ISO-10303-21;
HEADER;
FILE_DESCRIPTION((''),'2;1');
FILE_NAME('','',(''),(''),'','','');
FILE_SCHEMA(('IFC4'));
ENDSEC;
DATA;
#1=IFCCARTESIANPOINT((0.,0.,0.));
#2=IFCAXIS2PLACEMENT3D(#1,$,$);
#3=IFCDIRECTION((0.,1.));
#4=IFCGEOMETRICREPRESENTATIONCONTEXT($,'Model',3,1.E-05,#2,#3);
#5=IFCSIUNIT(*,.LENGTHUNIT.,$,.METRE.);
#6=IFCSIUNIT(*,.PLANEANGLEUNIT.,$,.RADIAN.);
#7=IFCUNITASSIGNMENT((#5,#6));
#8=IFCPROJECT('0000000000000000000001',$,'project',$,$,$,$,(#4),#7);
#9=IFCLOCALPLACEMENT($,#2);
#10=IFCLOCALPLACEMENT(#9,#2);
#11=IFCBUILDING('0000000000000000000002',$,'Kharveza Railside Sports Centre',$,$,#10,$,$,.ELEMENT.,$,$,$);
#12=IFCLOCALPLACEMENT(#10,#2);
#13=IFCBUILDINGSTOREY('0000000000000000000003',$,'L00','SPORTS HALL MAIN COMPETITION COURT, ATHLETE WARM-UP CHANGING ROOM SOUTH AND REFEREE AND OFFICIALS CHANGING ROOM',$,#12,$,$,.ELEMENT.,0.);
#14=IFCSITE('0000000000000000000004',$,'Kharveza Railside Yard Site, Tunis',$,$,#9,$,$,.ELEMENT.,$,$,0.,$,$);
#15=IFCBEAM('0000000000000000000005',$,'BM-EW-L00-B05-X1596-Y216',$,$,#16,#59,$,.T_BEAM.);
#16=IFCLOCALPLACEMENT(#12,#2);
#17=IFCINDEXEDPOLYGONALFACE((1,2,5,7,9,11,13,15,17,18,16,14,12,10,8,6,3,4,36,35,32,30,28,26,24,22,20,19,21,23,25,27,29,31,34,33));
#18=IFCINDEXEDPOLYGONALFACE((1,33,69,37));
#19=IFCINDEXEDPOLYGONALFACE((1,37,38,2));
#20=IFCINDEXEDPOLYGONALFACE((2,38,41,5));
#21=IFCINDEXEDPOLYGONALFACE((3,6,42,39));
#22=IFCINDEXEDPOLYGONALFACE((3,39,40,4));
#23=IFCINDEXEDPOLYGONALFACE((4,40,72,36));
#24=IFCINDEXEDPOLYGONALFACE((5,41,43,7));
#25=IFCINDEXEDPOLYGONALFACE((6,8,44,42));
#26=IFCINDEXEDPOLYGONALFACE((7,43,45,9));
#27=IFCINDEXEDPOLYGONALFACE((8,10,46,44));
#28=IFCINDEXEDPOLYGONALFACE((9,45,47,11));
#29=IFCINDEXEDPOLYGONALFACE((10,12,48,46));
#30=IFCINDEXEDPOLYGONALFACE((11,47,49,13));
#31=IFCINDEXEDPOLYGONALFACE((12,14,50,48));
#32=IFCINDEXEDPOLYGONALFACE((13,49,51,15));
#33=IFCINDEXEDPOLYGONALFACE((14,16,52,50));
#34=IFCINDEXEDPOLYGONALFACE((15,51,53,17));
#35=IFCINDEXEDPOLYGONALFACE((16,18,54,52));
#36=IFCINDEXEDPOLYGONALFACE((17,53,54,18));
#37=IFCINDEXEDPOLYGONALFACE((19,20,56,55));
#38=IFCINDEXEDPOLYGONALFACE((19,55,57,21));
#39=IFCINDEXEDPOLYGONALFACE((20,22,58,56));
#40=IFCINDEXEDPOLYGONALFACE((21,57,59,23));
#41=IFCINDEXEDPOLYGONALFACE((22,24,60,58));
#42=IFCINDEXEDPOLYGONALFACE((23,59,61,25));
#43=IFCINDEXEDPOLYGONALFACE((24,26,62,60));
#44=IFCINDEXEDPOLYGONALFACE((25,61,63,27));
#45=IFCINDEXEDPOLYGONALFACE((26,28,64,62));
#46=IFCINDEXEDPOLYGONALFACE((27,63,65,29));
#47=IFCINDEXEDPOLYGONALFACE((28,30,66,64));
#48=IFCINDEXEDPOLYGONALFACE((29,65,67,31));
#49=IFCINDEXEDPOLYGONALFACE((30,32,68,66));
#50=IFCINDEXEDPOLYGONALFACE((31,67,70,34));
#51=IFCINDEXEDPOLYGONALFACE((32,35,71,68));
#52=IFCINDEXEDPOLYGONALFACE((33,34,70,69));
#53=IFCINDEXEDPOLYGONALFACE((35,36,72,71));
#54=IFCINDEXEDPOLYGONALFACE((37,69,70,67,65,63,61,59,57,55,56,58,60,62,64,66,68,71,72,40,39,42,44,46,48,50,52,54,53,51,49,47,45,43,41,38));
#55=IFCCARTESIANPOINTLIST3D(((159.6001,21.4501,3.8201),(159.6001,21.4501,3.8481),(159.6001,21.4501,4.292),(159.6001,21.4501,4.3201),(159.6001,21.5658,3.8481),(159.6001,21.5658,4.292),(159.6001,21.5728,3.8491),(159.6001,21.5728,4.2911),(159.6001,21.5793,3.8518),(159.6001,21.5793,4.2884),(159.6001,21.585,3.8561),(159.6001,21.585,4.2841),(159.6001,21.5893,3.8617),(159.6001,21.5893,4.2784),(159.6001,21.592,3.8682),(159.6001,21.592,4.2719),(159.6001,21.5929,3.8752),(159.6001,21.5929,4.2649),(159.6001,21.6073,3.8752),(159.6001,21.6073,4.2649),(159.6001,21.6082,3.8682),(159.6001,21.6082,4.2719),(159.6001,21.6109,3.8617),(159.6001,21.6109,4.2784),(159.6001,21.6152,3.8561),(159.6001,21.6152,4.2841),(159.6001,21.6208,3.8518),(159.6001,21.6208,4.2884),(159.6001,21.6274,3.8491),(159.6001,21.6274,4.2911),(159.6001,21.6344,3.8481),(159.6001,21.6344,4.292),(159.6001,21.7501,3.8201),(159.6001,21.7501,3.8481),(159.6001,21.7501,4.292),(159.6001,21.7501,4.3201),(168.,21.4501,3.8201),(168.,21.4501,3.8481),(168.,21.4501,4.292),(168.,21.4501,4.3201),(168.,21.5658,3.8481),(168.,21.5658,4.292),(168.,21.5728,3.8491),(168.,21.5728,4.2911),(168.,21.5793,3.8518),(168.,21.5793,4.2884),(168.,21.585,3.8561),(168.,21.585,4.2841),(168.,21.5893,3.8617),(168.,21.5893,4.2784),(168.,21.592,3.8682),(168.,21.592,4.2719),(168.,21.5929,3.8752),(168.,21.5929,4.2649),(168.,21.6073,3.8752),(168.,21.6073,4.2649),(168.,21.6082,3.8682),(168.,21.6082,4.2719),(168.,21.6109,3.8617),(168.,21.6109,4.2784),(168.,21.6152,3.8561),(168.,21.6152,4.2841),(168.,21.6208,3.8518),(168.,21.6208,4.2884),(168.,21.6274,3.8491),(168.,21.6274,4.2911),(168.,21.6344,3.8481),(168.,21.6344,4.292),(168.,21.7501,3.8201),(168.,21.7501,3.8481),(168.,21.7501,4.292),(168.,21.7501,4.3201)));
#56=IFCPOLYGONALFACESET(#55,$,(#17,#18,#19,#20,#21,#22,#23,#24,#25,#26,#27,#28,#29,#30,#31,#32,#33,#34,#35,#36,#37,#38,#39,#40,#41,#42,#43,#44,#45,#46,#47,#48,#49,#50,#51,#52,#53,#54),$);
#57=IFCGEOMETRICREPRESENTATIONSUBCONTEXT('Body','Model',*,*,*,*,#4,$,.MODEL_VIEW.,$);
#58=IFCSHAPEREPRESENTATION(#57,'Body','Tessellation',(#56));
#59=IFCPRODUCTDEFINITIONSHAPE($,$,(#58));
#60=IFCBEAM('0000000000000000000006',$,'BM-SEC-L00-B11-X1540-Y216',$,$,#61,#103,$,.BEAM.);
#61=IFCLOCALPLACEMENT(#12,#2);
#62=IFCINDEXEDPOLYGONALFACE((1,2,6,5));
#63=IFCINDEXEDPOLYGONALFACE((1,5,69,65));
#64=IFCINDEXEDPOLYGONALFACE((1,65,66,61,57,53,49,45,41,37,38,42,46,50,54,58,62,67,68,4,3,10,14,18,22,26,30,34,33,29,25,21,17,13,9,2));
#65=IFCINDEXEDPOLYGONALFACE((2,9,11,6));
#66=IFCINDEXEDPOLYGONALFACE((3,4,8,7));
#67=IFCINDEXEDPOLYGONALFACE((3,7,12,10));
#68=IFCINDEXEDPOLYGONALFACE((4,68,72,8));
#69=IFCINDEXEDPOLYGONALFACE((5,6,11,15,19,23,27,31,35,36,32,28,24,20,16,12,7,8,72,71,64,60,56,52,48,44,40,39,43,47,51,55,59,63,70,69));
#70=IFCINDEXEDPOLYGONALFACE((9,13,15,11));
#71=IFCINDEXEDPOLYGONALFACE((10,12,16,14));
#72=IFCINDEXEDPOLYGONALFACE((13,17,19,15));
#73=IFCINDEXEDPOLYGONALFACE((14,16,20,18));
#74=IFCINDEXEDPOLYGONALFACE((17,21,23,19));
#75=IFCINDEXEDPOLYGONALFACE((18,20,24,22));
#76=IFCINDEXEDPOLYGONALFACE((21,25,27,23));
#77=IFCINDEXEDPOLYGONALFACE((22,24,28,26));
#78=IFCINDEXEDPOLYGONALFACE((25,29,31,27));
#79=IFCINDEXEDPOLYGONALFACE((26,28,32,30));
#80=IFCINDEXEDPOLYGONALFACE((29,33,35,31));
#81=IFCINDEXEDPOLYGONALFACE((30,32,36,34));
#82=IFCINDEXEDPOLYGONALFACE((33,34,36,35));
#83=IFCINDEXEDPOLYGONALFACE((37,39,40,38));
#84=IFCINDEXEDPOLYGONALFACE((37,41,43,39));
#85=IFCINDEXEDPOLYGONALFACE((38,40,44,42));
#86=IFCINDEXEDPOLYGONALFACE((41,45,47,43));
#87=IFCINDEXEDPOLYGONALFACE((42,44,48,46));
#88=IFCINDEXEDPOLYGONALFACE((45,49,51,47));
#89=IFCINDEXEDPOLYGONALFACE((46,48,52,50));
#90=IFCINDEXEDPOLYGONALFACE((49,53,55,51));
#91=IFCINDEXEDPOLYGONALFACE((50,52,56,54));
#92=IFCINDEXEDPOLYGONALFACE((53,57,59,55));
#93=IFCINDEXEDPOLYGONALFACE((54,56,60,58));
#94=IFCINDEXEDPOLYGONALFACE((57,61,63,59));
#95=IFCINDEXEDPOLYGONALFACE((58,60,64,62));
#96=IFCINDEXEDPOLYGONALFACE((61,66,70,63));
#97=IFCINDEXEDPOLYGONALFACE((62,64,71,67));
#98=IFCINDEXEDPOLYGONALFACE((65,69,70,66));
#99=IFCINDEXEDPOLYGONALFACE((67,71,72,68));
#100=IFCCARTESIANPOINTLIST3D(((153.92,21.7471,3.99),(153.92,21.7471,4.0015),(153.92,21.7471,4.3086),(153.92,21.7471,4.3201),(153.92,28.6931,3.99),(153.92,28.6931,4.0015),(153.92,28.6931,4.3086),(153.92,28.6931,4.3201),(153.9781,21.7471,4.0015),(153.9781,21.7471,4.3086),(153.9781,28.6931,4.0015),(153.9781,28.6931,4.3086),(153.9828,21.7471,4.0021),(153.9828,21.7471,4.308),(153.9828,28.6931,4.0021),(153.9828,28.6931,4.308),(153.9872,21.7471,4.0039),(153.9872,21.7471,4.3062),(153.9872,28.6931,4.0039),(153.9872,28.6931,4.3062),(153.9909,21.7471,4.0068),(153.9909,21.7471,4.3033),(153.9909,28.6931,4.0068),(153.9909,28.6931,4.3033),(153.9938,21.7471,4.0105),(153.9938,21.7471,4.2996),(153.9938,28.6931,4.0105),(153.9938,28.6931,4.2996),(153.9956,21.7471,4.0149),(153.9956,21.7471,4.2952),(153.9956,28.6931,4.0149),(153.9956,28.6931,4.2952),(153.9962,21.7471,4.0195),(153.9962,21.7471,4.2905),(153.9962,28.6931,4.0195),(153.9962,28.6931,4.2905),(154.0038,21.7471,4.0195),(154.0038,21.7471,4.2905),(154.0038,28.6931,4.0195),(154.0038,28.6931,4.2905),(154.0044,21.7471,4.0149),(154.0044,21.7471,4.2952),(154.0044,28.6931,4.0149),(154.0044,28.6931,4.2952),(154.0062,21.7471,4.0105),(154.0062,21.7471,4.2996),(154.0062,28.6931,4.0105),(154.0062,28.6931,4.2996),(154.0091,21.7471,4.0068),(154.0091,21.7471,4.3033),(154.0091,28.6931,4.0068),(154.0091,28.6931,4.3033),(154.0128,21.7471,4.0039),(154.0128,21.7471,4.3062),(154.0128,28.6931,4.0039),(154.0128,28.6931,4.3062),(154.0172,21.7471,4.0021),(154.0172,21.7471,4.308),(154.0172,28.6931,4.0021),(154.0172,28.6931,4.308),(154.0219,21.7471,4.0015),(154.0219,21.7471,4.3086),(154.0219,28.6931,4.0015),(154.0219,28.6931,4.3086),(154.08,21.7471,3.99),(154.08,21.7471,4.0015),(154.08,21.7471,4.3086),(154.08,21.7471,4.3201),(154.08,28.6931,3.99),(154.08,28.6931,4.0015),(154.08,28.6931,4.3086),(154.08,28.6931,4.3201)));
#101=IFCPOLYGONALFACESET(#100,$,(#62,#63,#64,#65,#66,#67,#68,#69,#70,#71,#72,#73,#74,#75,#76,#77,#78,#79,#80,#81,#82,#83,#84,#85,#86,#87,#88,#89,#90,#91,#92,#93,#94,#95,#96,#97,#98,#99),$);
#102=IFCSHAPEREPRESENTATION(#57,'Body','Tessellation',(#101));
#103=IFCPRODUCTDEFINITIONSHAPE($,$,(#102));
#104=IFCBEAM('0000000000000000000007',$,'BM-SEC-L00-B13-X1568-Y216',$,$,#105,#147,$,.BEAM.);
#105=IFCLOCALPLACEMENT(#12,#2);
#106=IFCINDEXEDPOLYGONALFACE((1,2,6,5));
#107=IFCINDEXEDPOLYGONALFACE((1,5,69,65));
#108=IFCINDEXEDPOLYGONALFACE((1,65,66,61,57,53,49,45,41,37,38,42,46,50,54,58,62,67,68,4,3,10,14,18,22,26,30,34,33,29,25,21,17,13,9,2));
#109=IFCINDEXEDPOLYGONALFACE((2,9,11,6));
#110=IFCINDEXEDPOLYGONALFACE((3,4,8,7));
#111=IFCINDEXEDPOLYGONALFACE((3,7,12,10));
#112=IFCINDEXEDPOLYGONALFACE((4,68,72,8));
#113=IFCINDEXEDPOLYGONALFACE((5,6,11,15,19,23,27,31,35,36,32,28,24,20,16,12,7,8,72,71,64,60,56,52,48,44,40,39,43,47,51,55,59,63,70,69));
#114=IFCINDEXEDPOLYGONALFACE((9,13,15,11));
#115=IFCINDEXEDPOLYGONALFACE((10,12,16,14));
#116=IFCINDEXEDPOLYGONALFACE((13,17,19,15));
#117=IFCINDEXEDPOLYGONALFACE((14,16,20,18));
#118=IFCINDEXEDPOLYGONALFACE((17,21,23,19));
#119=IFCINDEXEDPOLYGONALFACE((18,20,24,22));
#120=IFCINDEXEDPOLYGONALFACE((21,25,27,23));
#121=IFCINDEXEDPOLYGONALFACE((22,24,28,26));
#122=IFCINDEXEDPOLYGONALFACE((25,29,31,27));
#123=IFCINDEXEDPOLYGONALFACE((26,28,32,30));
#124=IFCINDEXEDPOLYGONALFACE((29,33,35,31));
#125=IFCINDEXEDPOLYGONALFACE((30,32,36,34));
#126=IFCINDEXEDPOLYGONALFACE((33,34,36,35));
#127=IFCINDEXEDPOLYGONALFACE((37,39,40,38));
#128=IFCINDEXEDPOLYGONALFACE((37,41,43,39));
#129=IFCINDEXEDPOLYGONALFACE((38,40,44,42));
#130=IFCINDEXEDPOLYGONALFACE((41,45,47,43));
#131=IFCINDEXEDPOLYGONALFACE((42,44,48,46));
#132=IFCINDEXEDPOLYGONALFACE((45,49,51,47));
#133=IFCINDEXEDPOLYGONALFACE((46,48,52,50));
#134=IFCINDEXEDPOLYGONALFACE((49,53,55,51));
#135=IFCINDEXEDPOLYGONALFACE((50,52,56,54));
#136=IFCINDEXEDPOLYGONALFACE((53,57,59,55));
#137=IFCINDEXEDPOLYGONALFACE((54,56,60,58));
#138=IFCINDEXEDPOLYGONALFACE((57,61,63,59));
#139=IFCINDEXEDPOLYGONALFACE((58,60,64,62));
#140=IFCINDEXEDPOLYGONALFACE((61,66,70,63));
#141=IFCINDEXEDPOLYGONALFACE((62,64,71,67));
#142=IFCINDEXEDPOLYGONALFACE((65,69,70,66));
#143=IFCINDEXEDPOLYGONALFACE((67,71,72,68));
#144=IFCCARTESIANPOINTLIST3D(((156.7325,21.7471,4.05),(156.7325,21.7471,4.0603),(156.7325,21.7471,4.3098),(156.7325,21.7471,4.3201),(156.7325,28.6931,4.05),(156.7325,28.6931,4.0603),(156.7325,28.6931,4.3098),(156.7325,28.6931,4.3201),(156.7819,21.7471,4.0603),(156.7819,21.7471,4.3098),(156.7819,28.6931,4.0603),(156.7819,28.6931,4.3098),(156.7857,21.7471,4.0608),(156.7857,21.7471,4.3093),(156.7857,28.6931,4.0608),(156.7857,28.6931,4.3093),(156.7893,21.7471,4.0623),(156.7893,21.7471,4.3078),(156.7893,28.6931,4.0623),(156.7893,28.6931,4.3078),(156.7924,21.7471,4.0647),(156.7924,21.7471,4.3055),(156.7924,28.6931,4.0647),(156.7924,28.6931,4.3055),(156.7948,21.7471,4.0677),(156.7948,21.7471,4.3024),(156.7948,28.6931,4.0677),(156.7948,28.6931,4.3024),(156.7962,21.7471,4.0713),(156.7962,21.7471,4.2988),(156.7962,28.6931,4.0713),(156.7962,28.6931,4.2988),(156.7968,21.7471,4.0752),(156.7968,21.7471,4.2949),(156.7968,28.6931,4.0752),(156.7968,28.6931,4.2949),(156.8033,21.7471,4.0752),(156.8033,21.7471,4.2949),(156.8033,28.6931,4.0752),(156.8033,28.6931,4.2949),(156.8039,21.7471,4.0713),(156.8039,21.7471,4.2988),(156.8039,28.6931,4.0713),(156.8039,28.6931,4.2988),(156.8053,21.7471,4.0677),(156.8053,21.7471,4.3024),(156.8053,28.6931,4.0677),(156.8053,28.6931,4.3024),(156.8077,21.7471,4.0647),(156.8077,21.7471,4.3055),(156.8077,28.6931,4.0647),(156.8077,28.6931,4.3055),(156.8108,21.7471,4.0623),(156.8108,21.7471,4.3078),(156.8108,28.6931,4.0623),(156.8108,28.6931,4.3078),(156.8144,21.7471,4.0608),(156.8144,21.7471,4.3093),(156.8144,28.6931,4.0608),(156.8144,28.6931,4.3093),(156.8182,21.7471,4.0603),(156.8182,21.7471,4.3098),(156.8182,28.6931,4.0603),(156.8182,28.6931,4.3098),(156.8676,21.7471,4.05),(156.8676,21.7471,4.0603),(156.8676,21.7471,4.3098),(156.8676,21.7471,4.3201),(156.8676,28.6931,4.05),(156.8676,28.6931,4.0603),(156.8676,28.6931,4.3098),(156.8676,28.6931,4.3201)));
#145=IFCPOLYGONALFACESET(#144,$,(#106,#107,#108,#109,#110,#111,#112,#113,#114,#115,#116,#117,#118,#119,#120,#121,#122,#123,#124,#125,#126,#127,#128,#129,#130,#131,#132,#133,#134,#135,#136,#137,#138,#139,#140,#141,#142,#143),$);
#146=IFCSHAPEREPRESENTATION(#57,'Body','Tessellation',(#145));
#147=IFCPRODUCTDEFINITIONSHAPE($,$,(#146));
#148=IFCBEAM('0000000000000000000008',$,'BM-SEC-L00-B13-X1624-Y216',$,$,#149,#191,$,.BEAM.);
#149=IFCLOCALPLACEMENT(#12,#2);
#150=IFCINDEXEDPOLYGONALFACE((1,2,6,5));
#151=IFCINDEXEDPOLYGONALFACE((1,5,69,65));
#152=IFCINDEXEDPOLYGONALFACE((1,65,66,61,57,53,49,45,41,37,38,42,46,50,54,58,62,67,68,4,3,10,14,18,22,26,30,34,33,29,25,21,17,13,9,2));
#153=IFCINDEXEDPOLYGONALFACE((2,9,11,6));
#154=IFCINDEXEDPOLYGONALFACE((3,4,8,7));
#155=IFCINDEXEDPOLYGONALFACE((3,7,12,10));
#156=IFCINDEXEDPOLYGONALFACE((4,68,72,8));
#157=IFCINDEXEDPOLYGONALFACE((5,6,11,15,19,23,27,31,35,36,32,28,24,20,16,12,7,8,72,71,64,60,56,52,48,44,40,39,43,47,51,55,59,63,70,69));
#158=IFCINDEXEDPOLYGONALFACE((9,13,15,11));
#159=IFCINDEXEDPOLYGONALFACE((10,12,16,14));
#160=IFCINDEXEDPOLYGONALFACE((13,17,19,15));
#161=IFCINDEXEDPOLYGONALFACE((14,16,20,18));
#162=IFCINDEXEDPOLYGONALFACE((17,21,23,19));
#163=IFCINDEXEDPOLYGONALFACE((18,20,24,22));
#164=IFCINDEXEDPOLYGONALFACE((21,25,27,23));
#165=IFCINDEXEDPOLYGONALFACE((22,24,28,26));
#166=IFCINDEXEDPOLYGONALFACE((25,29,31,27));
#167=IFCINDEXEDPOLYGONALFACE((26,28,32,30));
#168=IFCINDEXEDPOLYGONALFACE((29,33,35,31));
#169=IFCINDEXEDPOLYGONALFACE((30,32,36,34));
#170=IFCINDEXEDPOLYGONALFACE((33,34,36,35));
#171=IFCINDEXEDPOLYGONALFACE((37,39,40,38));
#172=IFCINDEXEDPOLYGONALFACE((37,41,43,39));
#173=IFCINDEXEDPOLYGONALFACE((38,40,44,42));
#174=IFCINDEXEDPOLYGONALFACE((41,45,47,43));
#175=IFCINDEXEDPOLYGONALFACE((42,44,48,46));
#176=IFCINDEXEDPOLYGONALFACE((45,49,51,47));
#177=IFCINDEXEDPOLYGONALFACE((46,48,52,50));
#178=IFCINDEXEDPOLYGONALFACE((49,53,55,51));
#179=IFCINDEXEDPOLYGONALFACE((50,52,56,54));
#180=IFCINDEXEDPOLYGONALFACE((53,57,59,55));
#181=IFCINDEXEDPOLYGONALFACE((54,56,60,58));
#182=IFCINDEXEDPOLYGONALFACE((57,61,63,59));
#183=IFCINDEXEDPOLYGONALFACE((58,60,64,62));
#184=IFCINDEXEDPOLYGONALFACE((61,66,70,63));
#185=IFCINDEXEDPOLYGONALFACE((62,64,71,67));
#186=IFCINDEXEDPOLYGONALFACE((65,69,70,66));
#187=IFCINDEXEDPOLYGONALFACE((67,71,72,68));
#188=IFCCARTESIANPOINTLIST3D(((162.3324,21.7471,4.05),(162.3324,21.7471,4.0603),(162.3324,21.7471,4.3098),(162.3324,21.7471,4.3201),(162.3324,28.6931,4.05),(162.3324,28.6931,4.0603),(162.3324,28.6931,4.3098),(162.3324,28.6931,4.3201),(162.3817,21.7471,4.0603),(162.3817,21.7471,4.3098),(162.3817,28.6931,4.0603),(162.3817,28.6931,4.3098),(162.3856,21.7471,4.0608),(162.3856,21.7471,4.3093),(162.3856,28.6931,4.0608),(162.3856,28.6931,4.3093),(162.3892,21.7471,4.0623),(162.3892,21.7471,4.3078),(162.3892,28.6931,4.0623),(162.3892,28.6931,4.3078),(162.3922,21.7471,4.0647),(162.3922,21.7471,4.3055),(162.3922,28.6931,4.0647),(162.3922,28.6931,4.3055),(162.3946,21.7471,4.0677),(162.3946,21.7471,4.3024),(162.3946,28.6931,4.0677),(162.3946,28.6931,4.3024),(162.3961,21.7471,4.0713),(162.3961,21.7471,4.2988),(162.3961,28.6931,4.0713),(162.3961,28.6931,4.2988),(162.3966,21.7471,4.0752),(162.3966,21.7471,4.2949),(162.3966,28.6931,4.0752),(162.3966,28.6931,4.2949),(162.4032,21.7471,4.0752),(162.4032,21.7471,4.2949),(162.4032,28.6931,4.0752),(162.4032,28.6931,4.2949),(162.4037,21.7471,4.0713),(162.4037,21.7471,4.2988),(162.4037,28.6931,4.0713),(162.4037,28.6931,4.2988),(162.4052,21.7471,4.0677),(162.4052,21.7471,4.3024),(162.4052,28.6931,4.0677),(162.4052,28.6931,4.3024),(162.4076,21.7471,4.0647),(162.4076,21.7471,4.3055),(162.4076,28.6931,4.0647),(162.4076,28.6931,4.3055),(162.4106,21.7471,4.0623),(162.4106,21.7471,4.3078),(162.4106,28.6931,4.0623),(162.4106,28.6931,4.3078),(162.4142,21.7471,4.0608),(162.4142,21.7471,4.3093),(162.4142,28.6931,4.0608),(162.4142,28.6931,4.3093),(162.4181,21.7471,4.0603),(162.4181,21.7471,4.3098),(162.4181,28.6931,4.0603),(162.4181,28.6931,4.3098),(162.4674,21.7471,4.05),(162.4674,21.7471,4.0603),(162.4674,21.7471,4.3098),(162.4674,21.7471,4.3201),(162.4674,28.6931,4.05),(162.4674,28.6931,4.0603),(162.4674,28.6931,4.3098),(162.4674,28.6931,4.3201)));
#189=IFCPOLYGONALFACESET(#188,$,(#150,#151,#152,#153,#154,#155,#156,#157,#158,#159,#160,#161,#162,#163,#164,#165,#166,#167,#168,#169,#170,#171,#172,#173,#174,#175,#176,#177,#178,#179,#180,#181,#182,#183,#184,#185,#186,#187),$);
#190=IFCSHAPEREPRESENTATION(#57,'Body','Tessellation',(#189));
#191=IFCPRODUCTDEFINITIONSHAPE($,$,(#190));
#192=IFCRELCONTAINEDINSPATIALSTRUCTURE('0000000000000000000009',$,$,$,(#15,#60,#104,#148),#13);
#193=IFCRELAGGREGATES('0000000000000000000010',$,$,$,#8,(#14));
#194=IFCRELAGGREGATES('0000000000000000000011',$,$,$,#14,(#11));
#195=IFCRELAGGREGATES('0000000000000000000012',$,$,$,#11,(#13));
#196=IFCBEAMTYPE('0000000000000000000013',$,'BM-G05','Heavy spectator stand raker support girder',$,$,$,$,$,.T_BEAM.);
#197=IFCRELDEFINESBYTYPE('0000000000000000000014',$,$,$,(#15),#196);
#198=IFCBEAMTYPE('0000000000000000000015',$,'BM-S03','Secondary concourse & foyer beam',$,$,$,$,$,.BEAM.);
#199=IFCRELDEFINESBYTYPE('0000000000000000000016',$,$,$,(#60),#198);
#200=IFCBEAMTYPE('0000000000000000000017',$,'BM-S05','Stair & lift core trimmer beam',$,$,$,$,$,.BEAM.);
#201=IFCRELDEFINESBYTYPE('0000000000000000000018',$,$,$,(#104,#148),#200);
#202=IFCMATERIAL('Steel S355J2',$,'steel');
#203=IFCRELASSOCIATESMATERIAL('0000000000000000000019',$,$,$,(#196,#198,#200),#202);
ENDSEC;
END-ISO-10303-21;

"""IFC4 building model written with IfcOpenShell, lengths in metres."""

from ifc_helpers import new_model, si_unit, direction, frame, origin, origin_2d, place, context, subcontext, project, spatial, i_section, extrude, material, material_profile, profile_set, type_object, element, save


model = new_model("IFC4")

# Units and contexts
model_context = context("Model", 3, precision=1e-05, world=origin(), true_north=direction((0.0, 1.0)))
body_context = subcontext(model_context, "Body", "Model", "MODEL_VIEW")
ifc_project = project(units=[si_unit("LENGTHUNIT", "METRE"), si_unit("PLANEANGLEUNIT", "RADIAN")], contexts=[model_context])

# Site, building, storey
site_placement = place(None, origin())
site = spatial("IfcSite", under=ifc_project, at=site_placement, Name="Kharveza Railside Yard Site, Tunis", CompositionType="ELEMENT", RefElevation=0.0)
building_placement = place(site_placement, origin())
building = spatial("IfcBuilding", under=site, at=building_placement, Name="Kharveza Railside Sports Centre", CompositionType="ELEMENT")
storey_placement = place(building_placement, origin())
storey = spatial("IfcBuildingStorey", under=building, at=storey_placement, Name="L00", Description="SPORTS HALL MAIN COMPETITION COURT, ATHLETE WARM-UP CHANGING ROOM SOUTH AND REFEREE AND OFFICIALS CHANGING ROOM", CompositionType="ELEMENT", Elevation=0.0)

# Shared definitions
ifc_material_1 = material(Name="Steel S355J2", Category="steel")

# Beams
ifc_material_profile_1 = material_profile(ifc_material_1, i_section(OverallWidth=0.3, OverallDepth=0.5, WebThickness=0.0144, FlangeThickness=0.0281, FilletRadius=0.0271, at=origin_2d()), Name="HEB 500")
ifc_profile_set_1 = profile_set([ifc_material_profile_1], Name="Steel S355J2")
beam_type_1 = type_object("IfcBeamType", Name="BM-G05", Description="Heavy spectator stand raker support girder", PredefinedType="T_BEAM", material=ifc_profile_set_1)
beam_1_placement = place(storey_placement, frame((159.6001, 21.6001, 4.0701), z_axis=(1.0, 0.0, 0.0), x_axis=(0.0, 1.0, 0.0)))
element("IfcBeam", 1, at=beam_1_placement, inside=storey, type_object=beam_type_1, Name="BM-EW-L00-B05-X1596-Y216", PredefinedType="T_BEAM", context=body_context, shape_type="SweptSolid", body=[
    extrude(i_section(OverallWidth=0.3, OverallDepth=0.5, WebThickness=0.0144, FlangeThickness=0.0281, FilletRadius=0.0271, at=origin_2d()), origin(), (0.0, 0.0, 1.0), 8.3999),
])
ifc_material_profile_2 = material_profile(ifc_material_1, i_section(OverallWidth=0.1599, OverallDepth=0.3301, WebThickness=0.0076, FlangeThickness=0.0115, FilletRadius=0.0181, at=origin_2d()), Name="IPE 330")
ifc_profile_set_2 = profile_set([ifc_material_profile_2], Name="Steel S355J2")
beam_type_2 = type_object("IfcBeamType", Name="BM-S03", Description="Secondary concourse & foyer beam", PredefinedType="BEAM", material=ifc_profile_set_2)
beam_2_placement = place(storey_placement, frame((154.0, 21.7471, 4.155), z_axis=(0.0, 1.0, 0.0), x_axis=(-1.0, 0.0, 0.0)))
element("IfcBeam", 2, at=beam_2_placement, inside=storey, type_object=beam_type_2, Name="BM-SEC-L00-B11-X1540-Y216", PredefinedType="BEAM", context=body_context, shape_type="SweptSolid", body=[
    extrude(i_section(OverallWidth=0.1599, OverallDepth=0.3301, WebThickness=0.0076, FlangeThickness=0.0115, FilletRadius=0.0181, at=origin_2d()), origin(), (0.0, 0.0, 1.0), 6.946),
])
ifc_material_profile_3 = material_profile(ifc_material_1, i_section(OverallWidth=0.135, OverallDepth=0.27, WebThickness=0.0066, FlangeThickness=0.0103, FilletRadius=0.0149, at=origin_2d()), Name="IPE 270")
ifc_profile_set_3 = profile_set([ifc_material_profile_3], Name="Steel S355J2")
beam_type_3 = type_object("IfcBeamType", Name="BM-S05", Description="Stair & lift core trimmer beam", PredefinedType="BEAM", material=ifc_profile_set_3)
for number, where, z_axis, x_axis, name in (
    (3, (156.8, 21.7471, 4.1851), (0.0, 1.0, 0.0), (-1.0, 0.0, 0.0), "BM-SEC-L00-B13-X1568-Y216"),
    (4, (162.3999, 21.7471, 4.1851), (0.0, 1.0, 0.0), (-1.0, 0.0, 0.0), "BM-SEC-L00-B13-X1624-Y216"),
):
    element("IfcBeam", number, at=place(storey_placement, frame(where, z_axis=z_axis, x_axis=x_axis)), inside=storey, type_object=beam_type_3, Name=name, PredefinedType="BEAM", context=body_context, shape_type="SweptSolid", body=[
        extrude(i_section(OverallWidth=0.135, OverallDepth=0.27, WebThickness=0.0066, FlangeThickness=0.0103, FilletRadius=0.0149, at=origin_2d()), origin(), (0.0, 0.0, 1.0), 6.946),
    ])

save(model, "model.ifc")
